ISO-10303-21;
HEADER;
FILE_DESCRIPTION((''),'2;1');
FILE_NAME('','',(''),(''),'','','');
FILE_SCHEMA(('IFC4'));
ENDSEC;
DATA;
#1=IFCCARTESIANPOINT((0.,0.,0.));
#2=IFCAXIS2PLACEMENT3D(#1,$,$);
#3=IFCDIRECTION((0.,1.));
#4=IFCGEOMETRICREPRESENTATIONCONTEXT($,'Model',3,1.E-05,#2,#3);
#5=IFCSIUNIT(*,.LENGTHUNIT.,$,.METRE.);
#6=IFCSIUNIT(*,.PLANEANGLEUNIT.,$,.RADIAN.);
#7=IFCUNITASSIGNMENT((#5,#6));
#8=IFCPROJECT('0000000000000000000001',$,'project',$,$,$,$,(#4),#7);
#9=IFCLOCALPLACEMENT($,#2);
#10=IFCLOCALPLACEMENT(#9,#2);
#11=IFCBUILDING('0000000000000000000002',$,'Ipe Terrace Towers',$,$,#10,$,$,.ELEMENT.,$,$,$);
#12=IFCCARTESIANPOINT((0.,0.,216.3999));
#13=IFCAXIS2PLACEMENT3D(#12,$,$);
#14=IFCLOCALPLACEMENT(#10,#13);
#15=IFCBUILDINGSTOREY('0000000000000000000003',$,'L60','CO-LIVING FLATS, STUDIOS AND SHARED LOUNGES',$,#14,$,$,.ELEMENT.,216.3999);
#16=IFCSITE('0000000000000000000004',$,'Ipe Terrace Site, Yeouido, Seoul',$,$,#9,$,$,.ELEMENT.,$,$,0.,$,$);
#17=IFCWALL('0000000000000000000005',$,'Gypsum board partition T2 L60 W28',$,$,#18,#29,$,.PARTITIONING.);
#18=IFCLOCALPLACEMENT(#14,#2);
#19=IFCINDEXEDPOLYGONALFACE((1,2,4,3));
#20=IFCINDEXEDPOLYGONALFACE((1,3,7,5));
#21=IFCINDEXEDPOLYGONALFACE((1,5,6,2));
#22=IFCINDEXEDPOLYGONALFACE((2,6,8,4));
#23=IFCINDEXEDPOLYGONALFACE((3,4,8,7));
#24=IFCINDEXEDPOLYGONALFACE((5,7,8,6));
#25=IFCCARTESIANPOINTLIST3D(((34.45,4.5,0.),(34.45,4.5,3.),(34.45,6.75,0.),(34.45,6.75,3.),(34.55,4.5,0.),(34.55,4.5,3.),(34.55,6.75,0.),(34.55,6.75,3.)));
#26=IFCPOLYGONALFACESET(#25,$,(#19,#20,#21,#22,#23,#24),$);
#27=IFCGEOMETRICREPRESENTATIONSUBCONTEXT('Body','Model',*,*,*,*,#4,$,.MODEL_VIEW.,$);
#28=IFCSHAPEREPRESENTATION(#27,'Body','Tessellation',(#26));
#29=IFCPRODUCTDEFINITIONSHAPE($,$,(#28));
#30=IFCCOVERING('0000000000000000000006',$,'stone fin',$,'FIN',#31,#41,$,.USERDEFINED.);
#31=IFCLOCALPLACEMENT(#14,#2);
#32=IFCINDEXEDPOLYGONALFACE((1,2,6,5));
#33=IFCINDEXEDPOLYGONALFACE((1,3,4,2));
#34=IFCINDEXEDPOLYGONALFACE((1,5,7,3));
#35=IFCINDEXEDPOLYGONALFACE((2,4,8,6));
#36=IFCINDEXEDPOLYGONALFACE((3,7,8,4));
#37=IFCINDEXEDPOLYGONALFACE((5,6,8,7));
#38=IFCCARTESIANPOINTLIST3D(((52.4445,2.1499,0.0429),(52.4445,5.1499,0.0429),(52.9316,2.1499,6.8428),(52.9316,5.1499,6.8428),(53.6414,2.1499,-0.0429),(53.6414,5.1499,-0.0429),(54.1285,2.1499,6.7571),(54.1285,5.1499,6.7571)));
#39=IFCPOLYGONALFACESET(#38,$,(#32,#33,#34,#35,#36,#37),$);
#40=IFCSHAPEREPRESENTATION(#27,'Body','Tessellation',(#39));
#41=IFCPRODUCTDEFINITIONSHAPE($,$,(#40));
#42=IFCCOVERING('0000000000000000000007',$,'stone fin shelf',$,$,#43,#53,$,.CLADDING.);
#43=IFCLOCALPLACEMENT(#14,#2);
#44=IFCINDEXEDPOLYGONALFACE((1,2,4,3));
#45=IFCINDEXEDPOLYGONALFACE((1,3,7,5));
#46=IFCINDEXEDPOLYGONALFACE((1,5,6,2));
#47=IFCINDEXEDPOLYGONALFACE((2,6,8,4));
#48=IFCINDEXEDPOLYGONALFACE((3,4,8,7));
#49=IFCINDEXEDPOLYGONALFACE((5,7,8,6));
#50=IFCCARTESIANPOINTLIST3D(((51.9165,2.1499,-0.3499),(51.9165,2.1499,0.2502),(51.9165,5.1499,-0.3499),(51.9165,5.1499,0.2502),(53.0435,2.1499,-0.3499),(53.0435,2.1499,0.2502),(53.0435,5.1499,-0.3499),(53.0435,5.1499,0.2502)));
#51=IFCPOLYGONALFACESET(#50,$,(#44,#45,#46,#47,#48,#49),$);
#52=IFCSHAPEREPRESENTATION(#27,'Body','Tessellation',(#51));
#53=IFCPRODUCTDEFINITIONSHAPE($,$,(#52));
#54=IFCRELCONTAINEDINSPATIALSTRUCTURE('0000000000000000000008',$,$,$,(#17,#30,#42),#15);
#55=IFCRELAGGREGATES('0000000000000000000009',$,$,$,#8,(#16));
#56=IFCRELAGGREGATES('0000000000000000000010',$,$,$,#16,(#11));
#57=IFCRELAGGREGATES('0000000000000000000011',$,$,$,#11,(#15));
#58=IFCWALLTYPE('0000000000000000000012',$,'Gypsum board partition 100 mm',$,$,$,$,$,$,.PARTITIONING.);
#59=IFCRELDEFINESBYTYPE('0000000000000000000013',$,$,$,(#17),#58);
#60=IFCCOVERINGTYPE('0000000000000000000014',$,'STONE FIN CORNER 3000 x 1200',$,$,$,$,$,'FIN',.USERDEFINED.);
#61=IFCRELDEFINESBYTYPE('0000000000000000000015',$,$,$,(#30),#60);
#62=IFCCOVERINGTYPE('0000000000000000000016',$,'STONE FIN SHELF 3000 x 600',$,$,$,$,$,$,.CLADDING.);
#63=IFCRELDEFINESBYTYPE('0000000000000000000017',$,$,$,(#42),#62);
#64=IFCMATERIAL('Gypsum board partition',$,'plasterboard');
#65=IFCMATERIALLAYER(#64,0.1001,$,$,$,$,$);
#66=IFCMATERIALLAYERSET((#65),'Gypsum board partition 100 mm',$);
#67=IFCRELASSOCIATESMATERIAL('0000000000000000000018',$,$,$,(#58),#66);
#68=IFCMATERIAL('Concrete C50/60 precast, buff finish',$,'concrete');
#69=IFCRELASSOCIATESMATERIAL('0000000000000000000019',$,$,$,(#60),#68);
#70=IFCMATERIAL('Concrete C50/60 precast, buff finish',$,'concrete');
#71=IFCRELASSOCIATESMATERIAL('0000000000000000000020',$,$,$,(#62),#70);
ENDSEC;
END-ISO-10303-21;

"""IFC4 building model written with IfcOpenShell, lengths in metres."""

from ifc_helpers import new_model, si_unit, direction, frame, frame_2d, origin, origin_2d, place, context, subcontext, project, spatial, rectangle, extrude, material, layer, layer_set, material_profile, profile_set, type_object, element, save


model = new_model("IFC4")

# Units and contexts
model_context = context("Model", 3, precision=1e-05, world=origin(), true_north=direction((0.0, 1.0)))
body_context = subcontext(model_context, "Body", "Model", "MODEL_VIEW")
ifc_project = project(units=[si_unit("LENGTHUNIT", "METRE"), si_unit("PLANEANGLEUNIT", "RADIAN")], contexts=[model_context])

# Site, building, storey
site_placement = place(None, origin())
site = spatial("IfcSite", under=ifc_project, at=site_placement, Name="Ipe Terrace Site, Yeouido, Seoul", CompositionType="ELEMENT", RefElevation=0.0)
building_placement = place(site_placement, origin())
building = spatial("IfcBuilding", under=site, at=building_placement, Name="Ipe Terrace Towers", CompositionType="ELEMENT")
storey_placement = place(building_placement, frame((0.0, 0.0, 216.3999)))
storey = spatial("IfcBuildingStorey", under=building, at=storey_placement, Name="L60", Description="CO-LIVING FLATS, STUDIOS AND SHARED LOUNGES", CompositionType="ELEMENT", Elevation=216.3999)

# Shared definitions
ifc_material_1 = material(Name="Gypsum board partition", Category="plasterboard")
ifc_layer_1 = layer(ifc_material_1, 0.1001)
ifc_layer_set_1 = layer_set([ifc_layer_1], Name="Gypsum board partition 100 mm")
wall_type_1 = type_object("IfcWallType", Name="Gypsum board partition 100 mm", PredefinedType="PARTITIONING", material=ifc_layer_set_1)

# Wall
for number, where, z_axis, x_axis, name in (
    (1, (34.5, 4.5, 0.0), (0.0, 0.0, 1.0), (0.0, 1.0, 0.0), "Gypsum board partition T2 L60 W28"),
):
    element("IfcWall", number, at=place(storey_placement, frame(where, z_axis=z_axis, x_axis=x_axis)), inside=storey, type_object=wall_type_1, Name=name, PredefinedType="PARTITIONING", context=body_context, shape_type="SweptSolid", body=[
        extrude(rectangle(XDim=2.25, YDim=0.1001, at=frame_2d((1.125, 0.0))), origin(), (0.0, 0.0, 1.0), 3.0),
    ])

# Coverings
ifc_material_2 = material(Name="Concrete C50/60 precast, buff finish", Category="concrete")
ifc_material_profile_1 = material_profile(ifc_material_2, rectangle(XDim=3.0, YDim=1.2, at=origin_2d()), Name="STONE FIN CORNER 3000 x 1200")
ifc_profile_set_1 = profile_set([ifc_material_profile_1], Name="Concrete C50/60 precast, buff finish")
covering_type_1 = type_object("IfcCoveringType", Name="STONE FIN CORNER 3000 x 1200", ElementType="FIN", PredefinedType="USERDEFINED", material=ifc_profile_set_1)
covering_1_placement = place(storey_placement, frame((53.043, 3.6499, 0.0), z_axis=(0.071443, 0.0, 0.997445), x_axis=(0.0, 1.0, 0.0)))
element("IfcCovering", 2, at=covering_1_placement, inside=storey, type_object=covering_type_1, Name="stone fin", ObjectType="FIN", PredefinedType="USERDEFINED", context=body_context, shape_type="SweptSolid", body=[
    extrude(rectangle(XDim=3.0, YDim=1.2, at=origin_2d()), origin(), (0.0, 0.0, 1.0), 6.8174),
])
ifc_material_3 = material(Name="Concrete C50/60 precast, buff finish", Category="concrete")
covering_type_2 = type_object("IfcCoveringType", Name="STONE FIN SHELF 3000 x 600", PredefinedType="CLADDING", material=ifc_material_3)
covering_2_placement = place(storey_placement, frame((52.48, 3.6499, -0.3499), z_axis=(0.0, 0.0, 1.0), x_axis=(0.0, 1.0, 0.0)))
element("IfcCovering", 3, at=covering_2_placement, inside=storey, type_object=covering_type_2, Name="stone fin shelf", PredefinedType="CLADDING", context=body_context, shape_type="SweptSolid", body=[
    extrude(rectangle(XDim=3.0, YDim=1.127, at=origin_2d()), origin(), (0.0, 0.0, 1.0), 0.6001),
])

save(model, "model.ifc")
